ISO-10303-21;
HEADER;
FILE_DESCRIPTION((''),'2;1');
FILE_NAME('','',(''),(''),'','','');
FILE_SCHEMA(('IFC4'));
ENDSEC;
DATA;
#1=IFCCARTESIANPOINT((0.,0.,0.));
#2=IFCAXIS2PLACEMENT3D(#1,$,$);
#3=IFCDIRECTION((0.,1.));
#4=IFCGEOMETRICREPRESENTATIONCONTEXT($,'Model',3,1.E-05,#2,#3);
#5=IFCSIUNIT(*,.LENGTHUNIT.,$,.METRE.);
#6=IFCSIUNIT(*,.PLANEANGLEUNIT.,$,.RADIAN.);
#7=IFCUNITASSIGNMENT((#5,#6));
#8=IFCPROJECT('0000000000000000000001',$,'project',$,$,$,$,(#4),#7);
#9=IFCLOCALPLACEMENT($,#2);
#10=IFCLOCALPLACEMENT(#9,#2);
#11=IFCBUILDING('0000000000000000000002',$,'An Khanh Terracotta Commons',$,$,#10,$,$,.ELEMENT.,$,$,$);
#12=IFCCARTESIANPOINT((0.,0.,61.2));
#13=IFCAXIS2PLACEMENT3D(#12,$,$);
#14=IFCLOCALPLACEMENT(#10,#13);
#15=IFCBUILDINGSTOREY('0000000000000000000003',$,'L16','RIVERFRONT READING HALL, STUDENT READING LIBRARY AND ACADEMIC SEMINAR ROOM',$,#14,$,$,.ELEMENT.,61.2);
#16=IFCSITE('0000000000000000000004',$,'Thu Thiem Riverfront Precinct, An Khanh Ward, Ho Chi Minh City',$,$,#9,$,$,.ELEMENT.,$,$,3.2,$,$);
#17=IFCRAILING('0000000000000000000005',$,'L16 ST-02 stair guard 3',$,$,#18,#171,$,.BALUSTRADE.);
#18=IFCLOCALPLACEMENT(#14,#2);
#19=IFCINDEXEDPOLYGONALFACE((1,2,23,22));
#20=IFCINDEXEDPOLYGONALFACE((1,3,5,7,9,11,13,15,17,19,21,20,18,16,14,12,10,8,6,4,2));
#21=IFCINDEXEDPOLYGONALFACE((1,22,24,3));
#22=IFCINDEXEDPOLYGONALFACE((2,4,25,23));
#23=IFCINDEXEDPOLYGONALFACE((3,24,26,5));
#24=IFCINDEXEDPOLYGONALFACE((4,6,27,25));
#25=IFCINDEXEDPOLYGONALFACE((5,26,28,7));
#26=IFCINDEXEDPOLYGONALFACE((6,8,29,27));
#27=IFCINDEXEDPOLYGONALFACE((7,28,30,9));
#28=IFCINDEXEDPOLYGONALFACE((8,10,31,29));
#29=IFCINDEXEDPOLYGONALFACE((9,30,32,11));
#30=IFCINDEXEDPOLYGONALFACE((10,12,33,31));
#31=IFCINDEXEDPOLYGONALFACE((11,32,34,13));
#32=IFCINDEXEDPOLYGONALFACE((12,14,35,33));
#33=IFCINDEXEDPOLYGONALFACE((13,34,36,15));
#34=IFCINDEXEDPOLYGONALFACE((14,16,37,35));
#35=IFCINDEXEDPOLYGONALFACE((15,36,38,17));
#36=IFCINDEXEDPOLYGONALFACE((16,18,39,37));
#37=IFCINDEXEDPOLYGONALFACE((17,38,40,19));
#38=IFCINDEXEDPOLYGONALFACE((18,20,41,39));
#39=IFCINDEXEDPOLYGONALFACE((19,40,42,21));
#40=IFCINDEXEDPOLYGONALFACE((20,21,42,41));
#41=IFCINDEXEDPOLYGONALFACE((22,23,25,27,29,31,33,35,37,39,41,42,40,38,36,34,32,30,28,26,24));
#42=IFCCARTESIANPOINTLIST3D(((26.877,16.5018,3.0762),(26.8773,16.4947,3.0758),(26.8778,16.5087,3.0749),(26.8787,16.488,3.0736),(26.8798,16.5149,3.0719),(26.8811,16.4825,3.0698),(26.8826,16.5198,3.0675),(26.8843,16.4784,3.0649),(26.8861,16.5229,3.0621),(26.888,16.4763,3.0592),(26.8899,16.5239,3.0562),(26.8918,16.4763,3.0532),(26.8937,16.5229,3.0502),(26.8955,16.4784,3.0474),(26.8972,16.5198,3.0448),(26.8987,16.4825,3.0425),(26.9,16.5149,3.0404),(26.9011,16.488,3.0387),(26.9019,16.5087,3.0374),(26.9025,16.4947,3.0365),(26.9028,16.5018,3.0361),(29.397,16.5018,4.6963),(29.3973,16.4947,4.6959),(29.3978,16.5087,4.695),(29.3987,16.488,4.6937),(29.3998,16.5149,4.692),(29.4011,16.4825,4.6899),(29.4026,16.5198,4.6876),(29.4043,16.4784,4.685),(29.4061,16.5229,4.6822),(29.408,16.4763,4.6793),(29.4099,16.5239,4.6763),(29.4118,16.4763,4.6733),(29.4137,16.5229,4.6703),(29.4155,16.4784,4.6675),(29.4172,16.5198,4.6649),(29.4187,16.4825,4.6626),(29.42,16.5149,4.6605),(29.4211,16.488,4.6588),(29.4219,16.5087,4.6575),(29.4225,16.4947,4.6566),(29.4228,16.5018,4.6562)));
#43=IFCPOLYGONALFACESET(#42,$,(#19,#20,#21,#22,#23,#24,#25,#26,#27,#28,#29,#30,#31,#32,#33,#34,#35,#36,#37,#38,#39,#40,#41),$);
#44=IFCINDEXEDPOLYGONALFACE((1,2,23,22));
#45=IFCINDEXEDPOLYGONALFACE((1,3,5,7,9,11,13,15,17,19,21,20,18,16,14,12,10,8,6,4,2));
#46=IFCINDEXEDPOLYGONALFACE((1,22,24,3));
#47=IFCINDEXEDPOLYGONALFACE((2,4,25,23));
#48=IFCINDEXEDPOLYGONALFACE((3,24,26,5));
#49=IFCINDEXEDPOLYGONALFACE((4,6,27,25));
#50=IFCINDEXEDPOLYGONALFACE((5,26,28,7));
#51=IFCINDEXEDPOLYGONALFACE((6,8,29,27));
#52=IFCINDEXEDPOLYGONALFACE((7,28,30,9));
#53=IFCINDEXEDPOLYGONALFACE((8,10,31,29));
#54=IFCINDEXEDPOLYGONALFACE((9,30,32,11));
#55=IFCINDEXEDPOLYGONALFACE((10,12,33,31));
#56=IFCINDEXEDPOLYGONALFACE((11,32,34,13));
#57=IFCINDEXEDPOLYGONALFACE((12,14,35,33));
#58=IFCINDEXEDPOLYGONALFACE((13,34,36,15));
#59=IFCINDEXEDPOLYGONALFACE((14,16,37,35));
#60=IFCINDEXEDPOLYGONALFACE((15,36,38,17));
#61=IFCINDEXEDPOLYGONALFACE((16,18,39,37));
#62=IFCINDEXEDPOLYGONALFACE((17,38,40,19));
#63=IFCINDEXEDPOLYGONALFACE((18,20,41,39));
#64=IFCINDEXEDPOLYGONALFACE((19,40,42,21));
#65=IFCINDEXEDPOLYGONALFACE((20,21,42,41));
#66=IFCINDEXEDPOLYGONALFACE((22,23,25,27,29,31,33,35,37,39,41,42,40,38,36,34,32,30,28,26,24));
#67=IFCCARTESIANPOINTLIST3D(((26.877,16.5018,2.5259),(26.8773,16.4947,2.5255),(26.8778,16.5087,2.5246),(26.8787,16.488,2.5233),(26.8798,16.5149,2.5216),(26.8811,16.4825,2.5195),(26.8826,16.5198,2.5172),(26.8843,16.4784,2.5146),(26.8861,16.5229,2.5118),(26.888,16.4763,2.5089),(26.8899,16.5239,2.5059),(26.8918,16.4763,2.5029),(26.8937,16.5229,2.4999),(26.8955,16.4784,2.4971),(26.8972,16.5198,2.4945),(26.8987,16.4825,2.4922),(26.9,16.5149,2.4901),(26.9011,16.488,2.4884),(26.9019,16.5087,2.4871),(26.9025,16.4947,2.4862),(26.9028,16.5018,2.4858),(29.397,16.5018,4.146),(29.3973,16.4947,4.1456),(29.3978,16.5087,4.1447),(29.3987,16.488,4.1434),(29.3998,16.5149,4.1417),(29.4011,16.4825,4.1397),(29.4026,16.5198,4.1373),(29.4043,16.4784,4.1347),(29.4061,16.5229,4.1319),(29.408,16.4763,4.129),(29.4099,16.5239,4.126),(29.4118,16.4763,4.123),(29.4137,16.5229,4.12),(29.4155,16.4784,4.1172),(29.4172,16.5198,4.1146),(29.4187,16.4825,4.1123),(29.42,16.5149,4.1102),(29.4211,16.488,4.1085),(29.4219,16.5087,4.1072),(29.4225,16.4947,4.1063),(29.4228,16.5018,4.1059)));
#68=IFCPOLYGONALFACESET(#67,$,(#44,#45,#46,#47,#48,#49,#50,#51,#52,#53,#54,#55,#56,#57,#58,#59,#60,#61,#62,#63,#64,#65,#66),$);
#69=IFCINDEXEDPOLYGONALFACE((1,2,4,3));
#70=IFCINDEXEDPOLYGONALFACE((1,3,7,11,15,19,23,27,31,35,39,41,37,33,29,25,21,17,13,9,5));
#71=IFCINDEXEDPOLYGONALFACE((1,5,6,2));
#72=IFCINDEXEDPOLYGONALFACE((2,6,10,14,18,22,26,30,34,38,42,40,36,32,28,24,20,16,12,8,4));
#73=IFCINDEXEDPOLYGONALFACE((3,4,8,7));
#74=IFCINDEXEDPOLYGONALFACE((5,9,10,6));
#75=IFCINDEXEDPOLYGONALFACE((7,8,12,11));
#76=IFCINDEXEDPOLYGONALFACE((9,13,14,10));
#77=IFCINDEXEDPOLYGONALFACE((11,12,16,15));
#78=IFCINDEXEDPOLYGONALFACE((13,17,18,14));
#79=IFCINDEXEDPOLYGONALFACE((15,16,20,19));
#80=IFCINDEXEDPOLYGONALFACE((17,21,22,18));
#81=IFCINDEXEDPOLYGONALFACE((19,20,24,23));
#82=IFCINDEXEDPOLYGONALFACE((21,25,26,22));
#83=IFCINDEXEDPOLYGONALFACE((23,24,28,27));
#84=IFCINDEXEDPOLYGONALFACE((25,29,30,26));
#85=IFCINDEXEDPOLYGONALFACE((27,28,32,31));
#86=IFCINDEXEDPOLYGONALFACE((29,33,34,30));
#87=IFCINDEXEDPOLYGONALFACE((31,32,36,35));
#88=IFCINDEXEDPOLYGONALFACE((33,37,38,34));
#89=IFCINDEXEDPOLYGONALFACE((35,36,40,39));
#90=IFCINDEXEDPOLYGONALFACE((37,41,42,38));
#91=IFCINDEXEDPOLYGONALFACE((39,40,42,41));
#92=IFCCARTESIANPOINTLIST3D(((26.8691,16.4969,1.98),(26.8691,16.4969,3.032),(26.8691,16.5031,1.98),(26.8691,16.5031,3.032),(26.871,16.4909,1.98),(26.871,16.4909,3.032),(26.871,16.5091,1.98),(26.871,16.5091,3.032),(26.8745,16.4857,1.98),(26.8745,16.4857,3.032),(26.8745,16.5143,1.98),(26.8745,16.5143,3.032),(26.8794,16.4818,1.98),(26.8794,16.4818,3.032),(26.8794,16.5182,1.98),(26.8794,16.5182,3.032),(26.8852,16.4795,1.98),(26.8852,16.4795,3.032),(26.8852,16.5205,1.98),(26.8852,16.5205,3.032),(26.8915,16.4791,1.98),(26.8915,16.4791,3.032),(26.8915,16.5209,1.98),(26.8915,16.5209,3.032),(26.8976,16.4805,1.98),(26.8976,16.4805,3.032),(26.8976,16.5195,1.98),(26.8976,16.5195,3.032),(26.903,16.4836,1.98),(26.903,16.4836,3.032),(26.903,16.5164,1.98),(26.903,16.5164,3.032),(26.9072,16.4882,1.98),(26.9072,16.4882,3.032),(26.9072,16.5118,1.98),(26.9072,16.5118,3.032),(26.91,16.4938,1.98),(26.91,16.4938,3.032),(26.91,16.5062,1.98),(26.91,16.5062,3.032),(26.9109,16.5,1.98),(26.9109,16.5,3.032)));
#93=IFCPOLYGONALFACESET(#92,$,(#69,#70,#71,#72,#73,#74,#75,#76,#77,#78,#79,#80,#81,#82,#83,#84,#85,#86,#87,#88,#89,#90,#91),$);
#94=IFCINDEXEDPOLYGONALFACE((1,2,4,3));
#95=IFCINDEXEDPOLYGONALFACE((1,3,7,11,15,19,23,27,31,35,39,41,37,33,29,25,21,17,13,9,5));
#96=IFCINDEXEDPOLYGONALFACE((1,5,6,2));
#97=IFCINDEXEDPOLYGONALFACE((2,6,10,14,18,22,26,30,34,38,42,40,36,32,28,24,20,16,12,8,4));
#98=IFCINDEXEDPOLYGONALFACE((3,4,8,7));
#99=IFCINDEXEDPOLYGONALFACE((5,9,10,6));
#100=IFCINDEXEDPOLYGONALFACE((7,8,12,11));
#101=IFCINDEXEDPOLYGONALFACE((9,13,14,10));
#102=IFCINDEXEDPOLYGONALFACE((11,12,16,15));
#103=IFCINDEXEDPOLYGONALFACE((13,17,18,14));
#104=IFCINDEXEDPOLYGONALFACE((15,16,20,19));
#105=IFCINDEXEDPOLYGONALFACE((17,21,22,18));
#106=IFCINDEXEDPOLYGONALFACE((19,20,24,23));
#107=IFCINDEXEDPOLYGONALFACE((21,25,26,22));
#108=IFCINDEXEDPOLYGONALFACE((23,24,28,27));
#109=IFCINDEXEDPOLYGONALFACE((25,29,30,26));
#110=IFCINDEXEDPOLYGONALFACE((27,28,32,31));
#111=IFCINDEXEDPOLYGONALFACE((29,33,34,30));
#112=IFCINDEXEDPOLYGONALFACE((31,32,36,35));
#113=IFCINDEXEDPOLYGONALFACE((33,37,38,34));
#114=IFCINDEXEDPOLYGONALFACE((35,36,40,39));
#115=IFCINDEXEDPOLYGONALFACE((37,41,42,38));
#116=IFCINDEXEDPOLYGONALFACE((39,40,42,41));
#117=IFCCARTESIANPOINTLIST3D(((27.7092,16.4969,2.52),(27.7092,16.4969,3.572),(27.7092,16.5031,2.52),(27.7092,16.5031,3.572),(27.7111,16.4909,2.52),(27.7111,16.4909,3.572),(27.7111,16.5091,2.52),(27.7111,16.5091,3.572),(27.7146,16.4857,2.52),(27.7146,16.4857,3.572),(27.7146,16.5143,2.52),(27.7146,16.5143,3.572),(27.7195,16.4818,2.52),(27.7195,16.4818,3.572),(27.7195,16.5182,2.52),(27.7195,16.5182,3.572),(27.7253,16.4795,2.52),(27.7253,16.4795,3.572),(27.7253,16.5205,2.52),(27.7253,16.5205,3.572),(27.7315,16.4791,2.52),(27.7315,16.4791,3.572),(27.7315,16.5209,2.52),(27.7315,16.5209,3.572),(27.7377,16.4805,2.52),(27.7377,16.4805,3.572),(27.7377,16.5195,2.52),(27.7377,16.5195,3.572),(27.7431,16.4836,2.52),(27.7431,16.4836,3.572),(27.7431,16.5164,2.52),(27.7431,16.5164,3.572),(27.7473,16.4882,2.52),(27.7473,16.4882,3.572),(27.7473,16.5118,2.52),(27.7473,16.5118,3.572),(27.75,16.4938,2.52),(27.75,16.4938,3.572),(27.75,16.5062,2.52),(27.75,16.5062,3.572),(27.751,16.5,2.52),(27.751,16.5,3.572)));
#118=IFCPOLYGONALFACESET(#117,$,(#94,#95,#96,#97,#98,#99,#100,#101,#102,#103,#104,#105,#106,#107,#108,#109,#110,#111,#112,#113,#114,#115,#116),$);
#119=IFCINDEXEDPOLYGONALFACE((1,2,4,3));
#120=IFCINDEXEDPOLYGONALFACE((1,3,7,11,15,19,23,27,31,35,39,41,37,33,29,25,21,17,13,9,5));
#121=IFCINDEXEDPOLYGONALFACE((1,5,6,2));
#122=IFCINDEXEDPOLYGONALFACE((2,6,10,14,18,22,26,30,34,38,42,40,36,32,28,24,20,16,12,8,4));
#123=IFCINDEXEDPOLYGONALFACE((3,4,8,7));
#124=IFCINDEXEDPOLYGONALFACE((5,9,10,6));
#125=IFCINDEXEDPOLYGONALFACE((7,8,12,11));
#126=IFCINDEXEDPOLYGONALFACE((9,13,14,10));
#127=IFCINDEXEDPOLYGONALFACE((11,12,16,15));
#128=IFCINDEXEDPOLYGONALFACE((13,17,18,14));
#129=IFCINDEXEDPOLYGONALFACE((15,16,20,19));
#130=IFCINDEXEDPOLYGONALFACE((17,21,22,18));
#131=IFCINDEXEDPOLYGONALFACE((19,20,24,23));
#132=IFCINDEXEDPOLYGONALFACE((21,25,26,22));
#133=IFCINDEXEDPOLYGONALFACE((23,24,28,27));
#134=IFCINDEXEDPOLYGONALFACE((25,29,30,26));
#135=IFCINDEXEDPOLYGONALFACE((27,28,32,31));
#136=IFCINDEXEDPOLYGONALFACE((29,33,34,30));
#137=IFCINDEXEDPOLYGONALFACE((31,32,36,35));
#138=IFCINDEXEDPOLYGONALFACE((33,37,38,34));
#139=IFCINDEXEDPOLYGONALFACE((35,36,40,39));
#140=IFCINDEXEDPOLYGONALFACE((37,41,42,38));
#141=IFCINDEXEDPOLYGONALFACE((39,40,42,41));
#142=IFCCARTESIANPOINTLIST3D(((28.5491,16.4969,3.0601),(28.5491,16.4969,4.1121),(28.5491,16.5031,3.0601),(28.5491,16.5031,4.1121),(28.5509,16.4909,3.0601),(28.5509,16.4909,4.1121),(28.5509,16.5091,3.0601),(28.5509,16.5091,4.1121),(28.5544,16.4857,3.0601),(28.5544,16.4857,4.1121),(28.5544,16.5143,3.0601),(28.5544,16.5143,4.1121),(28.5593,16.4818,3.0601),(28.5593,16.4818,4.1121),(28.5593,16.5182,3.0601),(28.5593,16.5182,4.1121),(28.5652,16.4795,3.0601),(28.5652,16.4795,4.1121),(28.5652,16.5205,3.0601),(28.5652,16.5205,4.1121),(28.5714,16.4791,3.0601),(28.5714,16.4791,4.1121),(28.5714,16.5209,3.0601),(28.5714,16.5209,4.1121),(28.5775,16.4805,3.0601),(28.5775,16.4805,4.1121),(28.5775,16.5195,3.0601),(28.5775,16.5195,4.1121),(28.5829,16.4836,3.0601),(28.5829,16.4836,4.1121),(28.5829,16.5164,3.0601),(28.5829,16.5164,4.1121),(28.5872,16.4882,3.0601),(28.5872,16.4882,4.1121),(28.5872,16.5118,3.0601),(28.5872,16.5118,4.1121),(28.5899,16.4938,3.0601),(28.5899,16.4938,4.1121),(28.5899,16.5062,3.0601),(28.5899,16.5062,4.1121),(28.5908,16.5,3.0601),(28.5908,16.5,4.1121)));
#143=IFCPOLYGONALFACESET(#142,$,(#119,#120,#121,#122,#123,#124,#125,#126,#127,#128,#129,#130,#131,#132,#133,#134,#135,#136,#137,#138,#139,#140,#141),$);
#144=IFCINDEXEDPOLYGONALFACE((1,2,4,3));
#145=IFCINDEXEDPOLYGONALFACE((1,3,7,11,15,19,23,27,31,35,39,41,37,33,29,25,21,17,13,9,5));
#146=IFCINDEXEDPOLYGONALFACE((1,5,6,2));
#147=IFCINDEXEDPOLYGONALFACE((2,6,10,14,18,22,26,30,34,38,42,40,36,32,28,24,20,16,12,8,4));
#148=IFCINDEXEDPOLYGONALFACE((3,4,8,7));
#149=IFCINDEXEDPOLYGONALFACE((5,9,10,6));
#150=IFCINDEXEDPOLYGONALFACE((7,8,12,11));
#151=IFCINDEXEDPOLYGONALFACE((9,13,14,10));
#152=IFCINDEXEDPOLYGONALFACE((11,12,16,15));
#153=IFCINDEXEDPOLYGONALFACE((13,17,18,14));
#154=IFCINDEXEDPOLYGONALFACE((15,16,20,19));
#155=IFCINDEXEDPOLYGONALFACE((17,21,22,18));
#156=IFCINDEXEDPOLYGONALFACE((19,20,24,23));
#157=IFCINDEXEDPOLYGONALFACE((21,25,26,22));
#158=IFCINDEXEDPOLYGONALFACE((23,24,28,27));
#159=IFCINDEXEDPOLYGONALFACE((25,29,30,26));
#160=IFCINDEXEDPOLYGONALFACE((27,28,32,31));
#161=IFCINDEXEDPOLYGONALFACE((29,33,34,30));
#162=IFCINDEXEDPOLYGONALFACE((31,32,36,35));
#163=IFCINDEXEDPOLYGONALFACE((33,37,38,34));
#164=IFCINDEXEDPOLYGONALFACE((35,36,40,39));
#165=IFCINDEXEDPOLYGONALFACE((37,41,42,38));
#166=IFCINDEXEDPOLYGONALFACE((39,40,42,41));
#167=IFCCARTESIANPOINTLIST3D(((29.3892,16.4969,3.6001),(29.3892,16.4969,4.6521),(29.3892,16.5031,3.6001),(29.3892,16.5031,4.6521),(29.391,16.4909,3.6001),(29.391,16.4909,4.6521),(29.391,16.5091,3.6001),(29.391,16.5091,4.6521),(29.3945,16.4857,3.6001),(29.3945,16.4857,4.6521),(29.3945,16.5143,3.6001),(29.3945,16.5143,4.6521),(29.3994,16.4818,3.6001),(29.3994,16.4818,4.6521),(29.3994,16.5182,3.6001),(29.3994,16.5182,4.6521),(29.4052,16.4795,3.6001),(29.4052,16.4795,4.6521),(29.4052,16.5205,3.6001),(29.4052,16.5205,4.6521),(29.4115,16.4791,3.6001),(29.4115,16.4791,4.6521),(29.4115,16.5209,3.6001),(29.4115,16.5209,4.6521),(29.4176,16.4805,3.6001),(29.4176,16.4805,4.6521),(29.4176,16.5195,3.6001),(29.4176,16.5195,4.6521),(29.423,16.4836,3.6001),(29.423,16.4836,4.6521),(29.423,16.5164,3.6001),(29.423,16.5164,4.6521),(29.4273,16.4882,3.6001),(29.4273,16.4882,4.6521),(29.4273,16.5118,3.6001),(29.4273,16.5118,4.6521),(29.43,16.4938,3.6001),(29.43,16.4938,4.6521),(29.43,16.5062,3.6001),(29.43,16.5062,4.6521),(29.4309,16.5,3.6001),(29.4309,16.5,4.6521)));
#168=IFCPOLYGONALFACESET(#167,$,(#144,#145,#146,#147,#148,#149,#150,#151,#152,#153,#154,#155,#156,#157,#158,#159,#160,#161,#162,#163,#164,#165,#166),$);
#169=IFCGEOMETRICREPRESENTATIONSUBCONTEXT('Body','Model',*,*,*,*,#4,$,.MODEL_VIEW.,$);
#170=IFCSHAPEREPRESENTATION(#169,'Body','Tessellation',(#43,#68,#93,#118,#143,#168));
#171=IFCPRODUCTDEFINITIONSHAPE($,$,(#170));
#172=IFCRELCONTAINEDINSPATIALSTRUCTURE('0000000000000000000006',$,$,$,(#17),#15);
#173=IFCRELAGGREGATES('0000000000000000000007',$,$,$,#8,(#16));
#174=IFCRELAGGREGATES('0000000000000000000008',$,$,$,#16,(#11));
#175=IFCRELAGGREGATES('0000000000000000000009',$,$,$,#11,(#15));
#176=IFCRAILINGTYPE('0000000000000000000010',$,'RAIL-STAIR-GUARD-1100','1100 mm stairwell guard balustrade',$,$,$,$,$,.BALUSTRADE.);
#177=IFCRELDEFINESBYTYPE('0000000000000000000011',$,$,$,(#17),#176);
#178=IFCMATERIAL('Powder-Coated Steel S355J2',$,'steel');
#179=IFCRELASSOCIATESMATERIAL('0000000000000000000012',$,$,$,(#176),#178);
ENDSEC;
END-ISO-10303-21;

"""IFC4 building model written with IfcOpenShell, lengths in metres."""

from ifc_helpers import new_model, si_unit, direction, frame, origin, origin_2d, place, context, subcontext, project, spatial, circle, extrude, material, type_object, element, save


model = new_model("IFC4")

# Units and contexts
model_context = context("Model", 3, precision=1e-05, world=origin(), true_north=direction((0.0, 1.0)))
body_context = subcontext(model_context, "Body", "Model", "MODEL_VIEW")
ifc_project = project(units=[si_unit("LENGTHUNIT", "METRE"), si_unit("PLANEANGLEUNIT", "RADIAN")], contexts=[model_context])

# Site, building, storey
site_placement = place(None, origin())
site = spatial("IfcSite", under=ifc_project, at=site_placement, Name="Thu Thiem Riverfront Precinct, An Khanh Ward, Ho Chi Minh City", CompositionType="ELEMENT", RefElevation=3.2)
building_placement = place(site_placement, origin())
building = spatial("IfcBuilding", under=site, at=building_placement, Name="An Khanh Terracotta Commons", CompositionType="ELEMENT")
storey_placement = place(building_placement, frame((0.0, 0.0, 61.2)))
storey = spatial("IfcBuildingStorey", under=building, at=storey_placement, Name="L16", Description="RIVERFRONT READING HALL, STUDENT READING LIBRARY AND ACADEMIC SEMINAR ROOM", CompositionType="ELEMENT", Elevation=61.2)

# Railing
ifc_material_1 = material(Name="Powder-Coated Steel S355J2", Category="steel")
railing_type_1 = type_object("IfcRailingType", Name="RAIL-STAIR-GUARD-1100", Description="1100 mm stairwell guard balustrade", PredefinedType="BALUSTRADE", material=ifc_material_1)
railing_1_placement = place(storey_placement, frame((26.8899, 16.5, 1.98)))
element("IfcRailing", 1, at=railing_1_placement, inside=storey, type_object=railing_type_1, Name="L16 ST-02 stair guard 3", PredefinedType="BALUSTRADE", context=body_context, shape_type="SweptSolid", body=[
    extrude(circle(Radius=0.0239, at=origin_2d()), frame((0.0, 0.0, 1.0762), z_axis=(0.841163, 0.0, 0.540782), x_axis=(0.0, 1.0, 0.0)), (0.0, 0.0, 1.0), 2.9958),
    extrude(circle(Radius=0.0239, at=origin_2d()), frame((0.0, 0.0, 0.5259), z_axis=(0.841163, 0.0, 0.540782), x_axis=(0.0, 1.0, 0.0)), (0.0, 0.0, 1.0), 2.9958),
    extrude(circle(Radius=0.021, at=origin_2d()), origin(), (0.0, 0.0, 1.0), 1.052),
    extrude(circle(Radius=0.021, at=origin_2d()), frame((0.8401, 0.0, 0.54)), (0.0, 0.0, 1.0), 1.052),
    extrude(circle(Radius=0.021, at=origin_2d()), frame((1.6799, 0.0, 1.0801)), (0.0, 0.0, 1.0), 1.052),
    extrude(circle(Radius=0.021, at=origin_2d()), frame((2.52, 0.0, 1.6201)), (0.0, 0.0, 1.0), 1.052),
])

save(model, "model.ifc")
